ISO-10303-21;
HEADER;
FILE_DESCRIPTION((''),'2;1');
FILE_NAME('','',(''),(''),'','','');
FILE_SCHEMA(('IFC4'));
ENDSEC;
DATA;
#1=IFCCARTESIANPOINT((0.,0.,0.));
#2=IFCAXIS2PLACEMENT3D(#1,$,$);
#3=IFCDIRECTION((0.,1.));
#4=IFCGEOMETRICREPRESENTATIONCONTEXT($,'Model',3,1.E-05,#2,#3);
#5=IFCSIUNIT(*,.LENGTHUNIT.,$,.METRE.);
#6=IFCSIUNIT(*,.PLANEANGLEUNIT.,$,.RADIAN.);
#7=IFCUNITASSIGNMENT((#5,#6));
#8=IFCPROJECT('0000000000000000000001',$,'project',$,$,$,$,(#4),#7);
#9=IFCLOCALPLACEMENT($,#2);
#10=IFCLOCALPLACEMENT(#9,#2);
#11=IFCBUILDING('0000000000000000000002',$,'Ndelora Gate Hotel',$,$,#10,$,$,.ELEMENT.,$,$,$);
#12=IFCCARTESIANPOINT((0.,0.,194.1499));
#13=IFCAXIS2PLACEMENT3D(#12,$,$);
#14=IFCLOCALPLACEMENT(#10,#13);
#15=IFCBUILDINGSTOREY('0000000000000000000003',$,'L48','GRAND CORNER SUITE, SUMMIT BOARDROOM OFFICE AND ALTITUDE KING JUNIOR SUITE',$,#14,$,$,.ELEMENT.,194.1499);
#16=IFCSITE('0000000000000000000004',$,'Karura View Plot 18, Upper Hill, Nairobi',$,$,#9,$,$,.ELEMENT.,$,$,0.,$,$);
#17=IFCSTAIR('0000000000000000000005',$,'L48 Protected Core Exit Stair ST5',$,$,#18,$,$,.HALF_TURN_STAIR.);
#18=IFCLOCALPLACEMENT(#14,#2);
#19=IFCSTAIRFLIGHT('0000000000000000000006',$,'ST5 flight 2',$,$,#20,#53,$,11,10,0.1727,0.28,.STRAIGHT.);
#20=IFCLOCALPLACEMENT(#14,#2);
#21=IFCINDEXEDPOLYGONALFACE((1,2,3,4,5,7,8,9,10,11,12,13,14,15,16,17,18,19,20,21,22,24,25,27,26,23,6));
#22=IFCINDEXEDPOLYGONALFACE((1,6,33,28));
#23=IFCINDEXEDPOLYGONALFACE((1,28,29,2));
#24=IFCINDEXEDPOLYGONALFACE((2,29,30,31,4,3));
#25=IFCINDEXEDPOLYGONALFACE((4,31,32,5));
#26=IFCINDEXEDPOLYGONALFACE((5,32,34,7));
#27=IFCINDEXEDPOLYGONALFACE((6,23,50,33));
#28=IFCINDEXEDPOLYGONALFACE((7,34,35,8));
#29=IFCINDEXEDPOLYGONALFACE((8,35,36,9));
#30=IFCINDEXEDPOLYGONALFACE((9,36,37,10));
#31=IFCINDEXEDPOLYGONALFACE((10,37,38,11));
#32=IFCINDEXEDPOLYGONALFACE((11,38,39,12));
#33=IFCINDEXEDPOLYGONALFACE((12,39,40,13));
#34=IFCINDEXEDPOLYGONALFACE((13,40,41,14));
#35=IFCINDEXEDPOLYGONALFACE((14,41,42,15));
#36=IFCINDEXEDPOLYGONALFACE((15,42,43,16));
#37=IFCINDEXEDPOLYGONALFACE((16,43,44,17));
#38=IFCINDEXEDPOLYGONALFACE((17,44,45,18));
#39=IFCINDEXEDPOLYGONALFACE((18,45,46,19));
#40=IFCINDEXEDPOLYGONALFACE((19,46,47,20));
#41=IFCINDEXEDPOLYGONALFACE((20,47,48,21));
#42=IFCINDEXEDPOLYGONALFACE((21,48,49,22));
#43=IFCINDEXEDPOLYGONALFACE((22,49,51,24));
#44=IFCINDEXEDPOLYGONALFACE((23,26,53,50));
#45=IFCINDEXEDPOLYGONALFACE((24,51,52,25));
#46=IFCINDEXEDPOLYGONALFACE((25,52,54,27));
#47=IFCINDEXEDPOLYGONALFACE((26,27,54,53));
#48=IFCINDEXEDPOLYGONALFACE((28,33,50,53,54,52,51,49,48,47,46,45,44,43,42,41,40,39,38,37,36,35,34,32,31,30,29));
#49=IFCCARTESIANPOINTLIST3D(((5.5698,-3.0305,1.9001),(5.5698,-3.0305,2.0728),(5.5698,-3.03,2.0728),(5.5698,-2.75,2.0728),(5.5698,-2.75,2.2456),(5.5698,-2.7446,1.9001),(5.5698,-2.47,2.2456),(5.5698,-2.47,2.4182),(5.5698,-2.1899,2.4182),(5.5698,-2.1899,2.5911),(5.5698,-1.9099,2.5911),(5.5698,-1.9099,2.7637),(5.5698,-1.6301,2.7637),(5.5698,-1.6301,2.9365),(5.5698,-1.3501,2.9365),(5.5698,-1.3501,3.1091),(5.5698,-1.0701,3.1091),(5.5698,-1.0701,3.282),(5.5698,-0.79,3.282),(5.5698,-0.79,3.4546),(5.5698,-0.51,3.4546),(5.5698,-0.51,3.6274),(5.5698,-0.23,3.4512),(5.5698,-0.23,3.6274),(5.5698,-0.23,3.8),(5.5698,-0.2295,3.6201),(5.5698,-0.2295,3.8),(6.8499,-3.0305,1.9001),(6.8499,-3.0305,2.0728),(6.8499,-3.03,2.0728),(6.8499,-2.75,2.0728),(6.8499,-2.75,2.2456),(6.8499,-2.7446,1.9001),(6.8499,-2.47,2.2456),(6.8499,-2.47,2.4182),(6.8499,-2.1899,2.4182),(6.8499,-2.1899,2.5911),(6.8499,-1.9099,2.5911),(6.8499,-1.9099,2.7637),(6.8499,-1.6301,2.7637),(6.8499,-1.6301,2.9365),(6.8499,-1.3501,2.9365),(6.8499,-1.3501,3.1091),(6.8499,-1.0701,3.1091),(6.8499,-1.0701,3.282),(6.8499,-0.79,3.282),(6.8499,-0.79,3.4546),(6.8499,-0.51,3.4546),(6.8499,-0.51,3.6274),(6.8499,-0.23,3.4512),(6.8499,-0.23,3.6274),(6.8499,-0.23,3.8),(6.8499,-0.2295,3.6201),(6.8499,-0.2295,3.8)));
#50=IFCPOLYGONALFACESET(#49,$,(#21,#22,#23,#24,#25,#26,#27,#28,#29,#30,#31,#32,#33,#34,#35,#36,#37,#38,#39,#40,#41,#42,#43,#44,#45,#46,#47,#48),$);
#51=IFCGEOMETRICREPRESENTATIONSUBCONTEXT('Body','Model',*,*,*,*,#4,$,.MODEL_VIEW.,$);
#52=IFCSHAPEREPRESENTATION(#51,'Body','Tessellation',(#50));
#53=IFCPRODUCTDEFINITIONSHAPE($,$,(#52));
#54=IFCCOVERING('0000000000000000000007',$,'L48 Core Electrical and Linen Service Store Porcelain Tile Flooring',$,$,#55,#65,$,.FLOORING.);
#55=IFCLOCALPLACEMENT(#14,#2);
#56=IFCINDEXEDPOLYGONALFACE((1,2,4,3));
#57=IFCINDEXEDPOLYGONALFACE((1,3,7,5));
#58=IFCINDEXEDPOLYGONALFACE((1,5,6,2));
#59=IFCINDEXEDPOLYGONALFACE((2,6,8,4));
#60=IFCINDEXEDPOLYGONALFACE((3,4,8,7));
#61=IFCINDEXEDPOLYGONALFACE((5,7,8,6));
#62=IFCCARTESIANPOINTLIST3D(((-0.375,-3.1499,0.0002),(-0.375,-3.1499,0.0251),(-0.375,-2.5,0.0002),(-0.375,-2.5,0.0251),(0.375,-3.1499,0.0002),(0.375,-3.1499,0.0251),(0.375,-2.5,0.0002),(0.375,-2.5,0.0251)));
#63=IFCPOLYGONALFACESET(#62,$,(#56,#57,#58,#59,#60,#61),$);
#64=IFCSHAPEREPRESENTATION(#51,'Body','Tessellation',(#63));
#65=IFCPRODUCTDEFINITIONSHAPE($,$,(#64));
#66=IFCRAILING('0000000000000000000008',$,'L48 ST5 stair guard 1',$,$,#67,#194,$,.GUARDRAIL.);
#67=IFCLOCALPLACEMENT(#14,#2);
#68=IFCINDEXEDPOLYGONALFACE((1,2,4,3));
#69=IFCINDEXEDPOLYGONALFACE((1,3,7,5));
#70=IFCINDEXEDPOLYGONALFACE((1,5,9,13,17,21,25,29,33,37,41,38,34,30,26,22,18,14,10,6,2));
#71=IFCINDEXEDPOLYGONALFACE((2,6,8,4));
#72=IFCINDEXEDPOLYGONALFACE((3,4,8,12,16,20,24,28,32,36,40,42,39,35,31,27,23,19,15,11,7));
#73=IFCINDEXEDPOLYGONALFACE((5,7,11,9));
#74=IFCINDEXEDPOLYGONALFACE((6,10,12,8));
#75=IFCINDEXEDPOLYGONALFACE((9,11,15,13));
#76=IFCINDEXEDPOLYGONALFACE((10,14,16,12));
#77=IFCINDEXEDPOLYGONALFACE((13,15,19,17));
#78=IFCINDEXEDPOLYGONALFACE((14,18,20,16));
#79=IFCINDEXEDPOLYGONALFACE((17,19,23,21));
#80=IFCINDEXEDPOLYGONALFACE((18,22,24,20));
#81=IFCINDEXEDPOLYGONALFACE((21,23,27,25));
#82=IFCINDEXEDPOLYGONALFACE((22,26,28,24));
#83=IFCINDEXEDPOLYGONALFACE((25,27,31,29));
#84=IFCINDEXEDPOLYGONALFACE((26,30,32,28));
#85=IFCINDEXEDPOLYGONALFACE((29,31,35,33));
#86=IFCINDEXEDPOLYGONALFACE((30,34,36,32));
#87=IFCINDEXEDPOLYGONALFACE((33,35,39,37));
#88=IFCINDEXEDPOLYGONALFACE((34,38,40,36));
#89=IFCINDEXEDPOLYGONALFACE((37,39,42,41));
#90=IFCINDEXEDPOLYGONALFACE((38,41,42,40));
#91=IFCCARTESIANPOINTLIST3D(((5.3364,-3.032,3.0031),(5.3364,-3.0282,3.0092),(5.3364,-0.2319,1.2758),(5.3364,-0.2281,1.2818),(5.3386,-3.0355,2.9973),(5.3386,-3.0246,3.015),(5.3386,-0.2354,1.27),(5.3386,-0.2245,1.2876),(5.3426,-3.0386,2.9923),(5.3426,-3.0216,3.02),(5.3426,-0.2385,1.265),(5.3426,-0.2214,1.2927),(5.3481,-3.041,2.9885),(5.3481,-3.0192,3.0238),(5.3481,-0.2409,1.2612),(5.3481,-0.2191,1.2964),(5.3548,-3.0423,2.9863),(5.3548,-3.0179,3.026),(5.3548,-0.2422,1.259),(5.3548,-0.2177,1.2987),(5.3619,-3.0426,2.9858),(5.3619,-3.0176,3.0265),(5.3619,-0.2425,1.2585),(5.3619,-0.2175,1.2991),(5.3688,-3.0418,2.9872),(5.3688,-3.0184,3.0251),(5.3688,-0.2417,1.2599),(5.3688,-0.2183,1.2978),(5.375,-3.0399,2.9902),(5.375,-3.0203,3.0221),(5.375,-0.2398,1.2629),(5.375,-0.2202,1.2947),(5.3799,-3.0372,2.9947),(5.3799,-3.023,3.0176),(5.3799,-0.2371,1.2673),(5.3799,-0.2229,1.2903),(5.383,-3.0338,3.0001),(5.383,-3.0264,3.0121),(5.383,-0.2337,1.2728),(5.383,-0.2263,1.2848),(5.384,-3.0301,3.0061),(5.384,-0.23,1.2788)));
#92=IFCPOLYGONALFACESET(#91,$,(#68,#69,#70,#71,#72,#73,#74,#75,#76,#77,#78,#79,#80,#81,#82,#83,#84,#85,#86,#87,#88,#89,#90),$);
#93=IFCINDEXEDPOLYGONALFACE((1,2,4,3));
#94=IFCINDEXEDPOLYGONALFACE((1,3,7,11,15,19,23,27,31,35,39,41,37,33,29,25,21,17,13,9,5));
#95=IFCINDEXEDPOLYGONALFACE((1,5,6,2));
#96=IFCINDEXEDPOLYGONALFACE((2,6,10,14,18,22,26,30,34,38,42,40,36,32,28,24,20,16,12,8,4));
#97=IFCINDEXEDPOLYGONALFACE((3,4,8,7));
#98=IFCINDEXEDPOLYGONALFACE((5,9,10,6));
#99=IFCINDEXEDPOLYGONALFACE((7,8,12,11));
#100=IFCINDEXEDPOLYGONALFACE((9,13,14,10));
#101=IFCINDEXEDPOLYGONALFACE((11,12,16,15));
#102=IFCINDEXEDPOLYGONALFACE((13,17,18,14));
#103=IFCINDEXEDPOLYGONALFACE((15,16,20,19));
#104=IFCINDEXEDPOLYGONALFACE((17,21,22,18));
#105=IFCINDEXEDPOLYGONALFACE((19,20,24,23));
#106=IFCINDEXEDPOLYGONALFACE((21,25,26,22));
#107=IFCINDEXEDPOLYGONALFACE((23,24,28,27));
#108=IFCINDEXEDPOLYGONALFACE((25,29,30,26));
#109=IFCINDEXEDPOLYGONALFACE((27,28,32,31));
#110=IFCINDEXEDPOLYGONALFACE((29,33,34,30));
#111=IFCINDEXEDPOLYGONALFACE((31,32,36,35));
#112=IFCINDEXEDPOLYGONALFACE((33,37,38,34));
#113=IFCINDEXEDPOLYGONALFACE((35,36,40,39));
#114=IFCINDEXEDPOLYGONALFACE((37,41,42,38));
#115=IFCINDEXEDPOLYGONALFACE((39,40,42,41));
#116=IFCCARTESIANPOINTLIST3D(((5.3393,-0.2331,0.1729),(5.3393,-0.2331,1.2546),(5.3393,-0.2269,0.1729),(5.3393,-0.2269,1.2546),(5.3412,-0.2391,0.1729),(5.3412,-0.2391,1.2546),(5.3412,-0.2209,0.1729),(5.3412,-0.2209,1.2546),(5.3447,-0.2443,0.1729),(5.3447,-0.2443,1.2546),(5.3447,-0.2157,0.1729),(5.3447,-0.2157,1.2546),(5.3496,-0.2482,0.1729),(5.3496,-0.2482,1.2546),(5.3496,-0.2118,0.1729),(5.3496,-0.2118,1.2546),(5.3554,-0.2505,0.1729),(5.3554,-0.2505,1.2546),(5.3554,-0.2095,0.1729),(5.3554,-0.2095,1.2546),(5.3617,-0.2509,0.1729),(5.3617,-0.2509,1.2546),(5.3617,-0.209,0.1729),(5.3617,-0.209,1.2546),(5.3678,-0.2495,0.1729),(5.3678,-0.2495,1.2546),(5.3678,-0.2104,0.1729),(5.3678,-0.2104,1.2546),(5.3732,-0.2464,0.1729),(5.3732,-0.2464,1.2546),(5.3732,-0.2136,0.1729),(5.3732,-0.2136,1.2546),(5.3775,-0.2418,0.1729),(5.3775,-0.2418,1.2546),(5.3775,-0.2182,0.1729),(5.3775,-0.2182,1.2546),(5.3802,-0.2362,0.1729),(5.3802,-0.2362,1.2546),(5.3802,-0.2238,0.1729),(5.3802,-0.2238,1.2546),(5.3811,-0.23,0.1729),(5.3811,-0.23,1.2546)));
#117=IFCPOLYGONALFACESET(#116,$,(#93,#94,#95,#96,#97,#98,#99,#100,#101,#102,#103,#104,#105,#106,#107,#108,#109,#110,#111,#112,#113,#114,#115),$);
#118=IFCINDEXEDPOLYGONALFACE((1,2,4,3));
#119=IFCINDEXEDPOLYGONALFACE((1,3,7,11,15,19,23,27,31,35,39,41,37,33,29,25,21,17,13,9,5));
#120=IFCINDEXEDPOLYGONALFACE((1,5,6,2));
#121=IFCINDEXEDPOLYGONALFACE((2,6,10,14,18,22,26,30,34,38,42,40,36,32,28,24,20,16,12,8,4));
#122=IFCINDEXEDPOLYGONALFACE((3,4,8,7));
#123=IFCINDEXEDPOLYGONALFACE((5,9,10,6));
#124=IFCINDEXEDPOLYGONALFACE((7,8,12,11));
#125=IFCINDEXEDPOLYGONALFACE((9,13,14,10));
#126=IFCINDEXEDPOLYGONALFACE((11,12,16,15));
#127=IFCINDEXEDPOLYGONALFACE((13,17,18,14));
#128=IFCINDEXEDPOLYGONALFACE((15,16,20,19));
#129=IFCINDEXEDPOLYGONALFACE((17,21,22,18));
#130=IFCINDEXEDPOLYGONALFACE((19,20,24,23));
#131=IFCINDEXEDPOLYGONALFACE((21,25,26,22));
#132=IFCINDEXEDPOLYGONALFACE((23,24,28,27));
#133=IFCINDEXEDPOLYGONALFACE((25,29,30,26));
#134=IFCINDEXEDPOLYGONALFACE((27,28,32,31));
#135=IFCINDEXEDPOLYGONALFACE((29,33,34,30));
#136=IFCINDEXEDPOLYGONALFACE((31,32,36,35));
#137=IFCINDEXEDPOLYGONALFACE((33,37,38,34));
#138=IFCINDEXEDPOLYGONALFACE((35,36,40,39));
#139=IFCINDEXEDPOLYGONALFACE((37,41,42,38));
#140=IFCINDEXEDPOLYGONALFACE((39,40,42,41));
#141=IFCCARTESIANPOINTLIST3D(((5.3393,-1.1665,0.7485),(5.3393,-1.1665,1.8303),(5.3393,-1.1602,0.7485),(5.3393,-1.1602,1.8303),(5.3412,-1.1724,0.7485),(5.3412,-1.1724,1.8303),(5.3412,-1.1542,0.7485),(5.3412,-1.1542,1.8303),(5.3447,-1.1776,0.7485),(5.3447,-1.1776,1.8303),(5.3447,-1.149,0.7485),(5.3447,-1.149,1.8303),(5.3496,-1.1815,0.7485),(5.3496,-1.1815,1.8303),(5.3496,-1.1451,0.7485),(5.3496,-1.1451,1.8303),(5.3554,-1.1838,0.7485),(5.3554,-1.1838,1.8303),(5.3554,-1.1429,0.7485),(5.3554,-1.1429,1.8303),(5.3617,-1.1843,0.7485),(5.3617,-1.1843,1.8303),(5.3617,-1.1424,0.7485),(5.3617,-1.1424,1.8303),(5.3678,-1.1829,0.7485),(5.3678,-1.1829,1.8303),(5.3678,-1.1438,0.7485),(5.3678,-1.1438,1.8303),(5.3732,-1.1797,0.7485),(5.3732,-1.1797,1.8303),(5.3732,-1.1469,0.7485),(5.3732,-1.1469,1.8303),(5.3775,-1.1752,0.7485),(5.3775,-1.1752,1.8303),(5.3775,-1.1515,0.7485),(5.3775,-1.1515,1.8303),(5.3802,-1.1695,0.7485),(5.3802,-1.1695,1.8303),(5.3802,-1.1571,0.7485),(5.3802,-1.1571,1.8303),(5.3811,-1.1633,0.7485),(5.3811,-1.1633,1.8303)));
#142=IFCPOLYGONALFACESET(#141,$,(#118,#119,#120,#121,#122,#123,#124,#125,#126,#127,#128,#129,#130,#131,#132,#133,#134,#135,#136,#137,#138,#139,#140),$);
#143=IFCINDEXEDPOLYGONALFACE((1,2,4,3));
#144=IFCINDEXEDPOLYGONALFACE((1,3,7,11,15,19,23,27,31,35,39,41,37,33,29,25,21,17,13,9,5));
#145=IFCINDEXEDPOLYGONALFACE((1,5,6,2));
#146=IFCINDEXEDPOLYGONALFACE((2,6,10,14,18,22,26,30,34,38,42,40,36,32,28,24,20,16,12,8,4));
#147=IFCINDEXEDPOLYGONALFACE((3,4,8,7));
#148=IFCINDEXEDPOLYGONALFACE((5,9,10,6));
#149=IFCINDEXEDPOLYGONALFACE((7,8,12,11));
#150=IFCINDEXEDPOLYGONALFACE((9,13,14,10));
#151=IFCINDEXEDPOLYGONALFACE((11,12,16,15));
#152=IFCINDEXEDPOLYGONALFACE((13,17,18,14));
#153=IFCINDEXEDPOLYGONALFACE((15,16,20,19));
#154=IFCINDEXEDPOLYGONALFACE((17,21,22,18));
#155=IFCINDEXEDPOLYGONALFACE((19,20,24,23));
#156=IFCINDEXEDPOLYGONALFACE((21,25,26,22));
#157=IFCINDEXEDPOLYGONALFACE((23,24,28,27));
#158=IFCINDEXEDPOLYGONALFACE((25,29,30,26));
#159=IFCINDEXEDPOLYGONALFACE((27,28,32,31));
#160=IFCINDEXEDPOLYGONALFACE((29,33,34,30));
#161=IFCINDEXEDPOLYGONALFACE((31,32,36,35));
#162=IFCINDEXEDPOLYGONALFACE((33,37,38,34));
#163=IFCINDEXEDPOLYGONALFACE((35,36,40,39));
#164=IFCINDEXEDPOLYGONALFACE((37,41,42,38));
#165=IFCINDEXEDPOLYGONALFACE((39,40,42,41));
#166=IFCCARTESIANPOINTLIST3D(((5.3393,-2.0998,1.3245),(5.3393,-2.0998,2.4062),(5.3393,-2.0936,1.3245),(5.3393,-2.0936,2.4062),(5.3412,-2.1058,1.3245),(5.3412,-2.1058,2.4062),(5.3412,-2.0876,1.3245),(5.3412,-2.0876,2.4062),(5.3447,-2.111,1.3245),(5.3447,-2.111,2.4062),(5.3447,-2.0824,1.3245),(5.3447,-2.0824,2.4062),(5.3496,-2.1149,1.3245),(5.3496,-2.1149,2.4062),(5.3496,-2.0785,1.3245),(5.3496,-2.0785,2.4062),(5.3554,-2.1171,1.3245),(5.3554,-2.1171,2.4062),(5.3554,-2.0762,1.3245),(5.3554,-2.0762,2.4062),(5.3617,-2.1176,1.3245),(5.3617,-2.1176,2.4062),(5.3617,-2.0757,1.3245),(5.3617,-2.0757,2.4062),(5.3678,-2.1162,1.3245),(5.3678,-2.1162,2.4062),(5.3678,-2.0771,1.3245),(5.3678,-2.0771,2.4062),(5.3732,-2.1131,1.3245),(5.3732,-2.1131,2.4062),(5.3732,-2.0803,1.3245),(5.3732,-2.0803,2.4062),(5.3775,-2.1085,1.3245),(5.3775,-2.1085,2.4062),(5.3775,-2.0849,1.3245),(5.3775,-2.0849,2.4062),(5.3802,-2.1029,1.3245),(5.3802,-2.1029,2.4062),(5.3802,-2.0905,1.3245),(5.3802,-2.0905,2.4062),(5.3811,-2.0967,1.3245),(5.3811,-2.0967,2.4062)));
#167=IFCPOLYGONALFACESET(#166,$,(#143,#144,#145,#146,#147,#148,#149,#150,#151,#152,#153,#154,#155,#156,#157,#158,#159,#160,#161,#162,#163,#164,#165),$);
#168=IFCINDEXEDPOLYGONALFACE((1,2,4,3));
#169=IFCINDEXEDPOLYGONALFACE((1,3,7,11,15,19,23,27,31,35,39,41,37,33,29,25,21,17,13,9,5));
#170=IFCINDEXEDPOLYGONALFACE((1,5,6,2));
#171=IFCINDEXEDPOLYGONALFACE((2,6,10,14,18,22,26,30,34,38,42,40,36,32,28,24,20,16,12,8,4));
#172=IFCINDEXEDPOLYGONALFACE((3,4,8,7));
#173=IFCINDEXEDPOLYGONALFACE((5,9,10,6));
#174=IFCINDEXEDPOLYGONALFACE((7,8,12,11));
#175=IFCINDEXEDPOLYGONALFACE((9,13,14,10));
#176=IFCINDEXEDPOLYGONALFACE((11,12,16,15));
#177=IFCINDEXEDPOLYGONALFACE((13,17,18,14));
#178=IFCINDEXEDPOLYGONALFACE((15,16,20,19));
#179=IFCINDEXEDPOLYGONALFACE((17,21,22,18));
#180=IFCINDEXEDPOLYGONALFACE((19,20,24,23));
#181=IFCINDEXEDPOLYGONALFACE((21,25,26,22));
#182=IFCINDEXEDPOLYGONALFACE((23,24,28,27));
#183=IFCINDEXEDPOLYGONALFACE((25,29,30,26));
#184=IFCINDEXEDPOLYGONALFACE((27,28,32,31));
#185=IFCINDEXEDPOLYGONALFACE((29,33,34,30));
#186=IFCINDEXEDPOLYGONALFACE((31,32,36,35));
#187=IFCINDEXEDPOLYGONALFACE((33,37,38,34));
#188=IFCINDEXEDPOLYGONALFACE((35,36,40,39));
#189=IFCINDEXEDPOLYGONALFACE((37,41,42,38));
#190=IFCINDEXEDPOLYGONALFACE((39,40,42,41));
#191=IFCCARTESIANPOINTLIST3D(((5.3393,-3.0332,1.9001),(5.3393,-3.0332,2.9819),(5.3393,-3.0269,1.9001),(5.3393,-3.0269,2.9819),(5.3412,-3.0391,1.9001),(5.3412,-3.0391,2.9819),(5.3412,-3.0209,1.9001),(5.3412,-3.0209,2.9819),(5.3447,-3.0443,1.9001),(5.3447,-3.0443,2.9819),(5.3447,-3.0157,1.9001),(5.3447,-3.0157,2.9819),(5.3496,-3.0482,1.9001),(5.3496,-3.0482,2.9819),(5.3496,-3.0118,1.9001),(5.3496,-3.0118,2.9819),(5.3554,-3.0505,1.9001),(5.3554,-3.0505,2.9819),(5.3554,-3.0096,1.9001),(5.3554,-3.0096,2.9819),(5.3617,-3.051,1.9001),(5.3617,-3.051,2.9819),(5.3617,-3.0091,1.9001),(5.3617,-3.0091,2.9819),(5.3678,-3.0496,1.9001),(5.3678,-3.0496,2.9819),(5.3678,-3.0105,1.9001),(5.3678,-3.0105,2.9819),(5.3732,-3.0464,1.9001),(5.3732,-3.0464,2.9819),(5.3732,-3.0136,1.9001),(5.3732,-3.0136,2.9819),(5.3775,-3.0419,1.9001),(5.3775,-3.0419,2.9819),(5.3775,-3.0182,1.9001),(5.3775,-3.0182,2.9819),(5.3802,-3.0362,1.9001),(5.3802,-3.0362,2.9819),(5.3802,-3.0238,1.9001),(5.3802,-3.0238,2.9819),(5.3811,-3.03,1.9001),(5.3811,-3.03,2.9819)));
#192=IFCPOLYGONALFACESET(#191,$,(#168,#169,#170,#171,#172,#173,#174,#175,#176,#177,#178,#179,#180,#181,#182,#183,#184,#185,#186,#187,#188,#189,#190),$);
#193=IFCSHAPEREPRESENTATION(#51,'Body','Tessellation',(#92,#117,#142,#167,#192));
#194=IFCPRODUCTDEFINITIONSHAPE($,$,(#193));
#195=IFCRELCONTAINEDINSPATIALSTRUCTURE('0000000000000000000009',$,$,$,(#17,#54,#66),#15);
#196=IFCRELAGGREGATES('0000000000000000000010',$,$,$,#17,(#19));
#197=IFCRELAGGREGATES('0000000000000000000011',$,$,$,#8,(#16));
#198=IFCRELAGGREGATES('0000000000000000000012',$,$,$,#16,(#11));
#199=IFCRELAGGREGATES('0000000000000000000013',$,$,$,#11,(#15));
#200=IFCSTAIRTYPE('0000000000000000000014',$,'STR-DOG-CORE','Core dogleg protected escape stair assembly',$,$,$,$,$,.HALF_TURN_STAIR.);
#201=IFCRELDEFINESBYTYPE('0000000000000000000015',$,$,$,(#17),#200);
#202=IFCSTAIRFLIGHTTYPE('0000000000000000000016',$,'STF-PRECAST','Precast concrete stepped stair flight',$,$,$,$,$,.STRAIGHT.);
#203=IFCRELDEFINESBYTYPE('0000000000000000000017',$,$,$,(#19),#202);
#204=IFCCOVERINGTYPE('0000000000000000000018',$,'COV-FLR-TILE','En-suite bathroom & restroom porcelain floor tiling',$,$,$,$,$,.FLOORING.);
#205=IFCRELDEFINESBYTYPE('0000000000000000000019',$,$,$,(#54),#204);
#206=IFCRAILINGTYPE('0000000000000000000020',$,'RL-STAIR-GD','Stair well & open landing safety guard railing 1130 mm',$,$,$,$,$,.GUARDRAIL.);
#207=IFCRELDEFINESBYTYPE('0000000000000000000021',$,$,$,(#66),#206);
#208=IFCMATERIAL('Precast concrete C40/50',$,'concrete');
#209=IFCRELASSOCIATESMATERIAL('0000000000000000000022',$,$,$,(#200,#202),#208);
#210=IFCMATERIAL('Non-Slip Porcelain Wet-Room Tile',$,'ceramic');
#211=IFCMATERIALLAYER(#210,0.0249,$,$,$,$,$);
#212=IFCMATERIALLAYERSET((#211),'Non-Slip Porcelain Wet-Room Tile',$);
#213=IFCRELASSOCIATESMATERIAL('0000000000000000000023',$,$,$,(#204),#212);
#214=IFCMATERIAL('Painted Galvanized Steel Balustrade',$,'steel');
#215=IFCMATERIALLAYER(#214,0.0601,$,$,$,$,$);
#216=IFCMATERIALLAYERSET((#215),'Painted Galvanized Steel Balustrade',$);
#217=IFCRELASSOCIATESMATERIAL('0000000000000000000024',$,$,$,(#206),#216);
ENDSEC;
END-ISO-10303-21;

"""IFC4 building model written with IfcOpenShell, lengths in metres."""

from ifc_helpers import new_model, si_unit, direction, frame, origin, origin_2d, place, context, subcontext, project, spatial, polyline, rectangle, circle, outline, extrude, material, layer, layer_set, type_object, element, aggregate, save


model = new_model("IFC4")

# Units and contexts
model_context = context("Model", 3, precision=1e-05, world=origin(), true_north=direction((0.0, 1.0)))
body_context = subcontext(model_context, "Body", "Model", "MODEL_VIEW")
ifc_project = project(units=[si_unit("LENGTHUNIT", "METRE"), si_unit("PLANEANGLEUNIT", "RADIAN")], contexts=[model_context])

# Site, building, storey
site_placement = place(None, origin())
site = spatial("IfcSite", under=ifc_project, at=site_placement, Name="Karura View Plot 18, Upper Hill, Nairobi", CompositionType="ELEMENT", RefElevation=0.0)
building_placement = place(site_placement, origin())
building = spatial("IfcBuilding", under=site, at=building_placement, Name="Ndelora Gate Hotel", CompositionType="ELEMENT")
storey_placement = place(building_placement, frame((0.0, 0.0, 194.1499)))
storey = spatial("IfcBuildingStorey", under=building, at=storey_placement, Name="L48", Description="GRAND CORNER SUITE, SUMMIT BOARDROOM OFFICE AND ALTITUDE KING JUNIOR SUITE", CompositionType="ELEMENT", Elevation=194.1499)

# Stair, stair flight
ifc_material_1 = material(Name="Precast concrete C40/50", Category="concrete")
stair_type = type_object("IfcStairType", Name="STR-DOG-CORE", Description="Core dogleg protected escape stair assembly", PredefinedType="HALF_TURN_STAIR", material=ifc_material_1)
stair_placement = place(storey_placement, origin())
stair = element("IfcStair", 1, at=stair_placement, inside=storey, type_object=stair_type, Name="L48 Protected Core Exit Stair ST5", PredefinedType="HALF_TURN_STAIR")
stair_flight_type = type_object("IfcStairFlightType", Name="STF-PRECAST", Description="Precast concrete stepped stair flight", PredefinedType="STRAIGHT", material=ifc_material_1)
stair_flight_1_placement = place(storey_placement, frame((6.21, -3.03, 1.9001), z_axis=(0.0, 0.0, 1.0), x_axis=(0.0, 1.0, 0.0)))
stair_flight_1 = element("IfcStairFlight", 2, at=stair_flight_1_placement, type_object=stair_flight_type, Name="ST5 flight 2", NumberOfRisers=11, NumberOfTreads=10, PredefinedType="STRAIGHT", RiserHeight=0.1727, TreadLength=0.28, context=body_context, shape_type="SweptSolid", body=[
    extrude(outline(polyline([(-0.0005, 0.0), (-0.0005, 0.1726), (0.0, 0.1726), (0.28, 0.1726), (0.28, 0.3455), (0.5601, 0.3455), (0.5601, 0.5181), (0.8401, 0.5181), (0.8401, 0.6909), (1.1201, 0.6909), (1.1201, 0.8635), (1.3999, 0.8635), (1.3999, 1.0364), (1.6799, 1.0364), (1.6799, 1.209), (1.96, 1.209), (1.96, 1.3818), (2.24, 1.3818), (2.24, 1.5544), (2.52, 1.5544), (2.52, 1.7273), (2.8, 1.7273), (2.8, 1.8999), (2.8005, 1.8999), (2.8005, 1.72), (2.8, 1.551), (0.2854, 0.0), (-0.0005, 0.0)])), frame((0.0, 0.6401, 0.0), z_axis=(0.0, -1.0, 0.0), x_axis=(1.0, 0.0, 0.0)), (0.0, 0.0, 1.0), 1.28),
])
aggregate(stair, [stair_flight_1])

# Covering
ifc_material_2 = material(Name="Non-Slip Porcelain Wet-Room Tile", Category="ceramic")
ifc_layer_1 = layer(ifc_material_2, 0.0249)
ifc_layer_set_1 = layer_set([ifc_layer_1], Name="Non-Slip Porcelain Wet-Room Tile")
covering_type = type_object("IfcCoveringType", Name="COV-FLR-TILE", Description="En-suite bathroom & restroom porcelain floor tiling", PredefinedType="FLOORING", material=ifc_layer_set_1)
covering_placement = place(storey_placement, frame((0.0, -2.825, 0.0002), z_axis=(0.0, 0.0, 1.0), x_axis=(1.0, 0.0, 0.0)))
element("IfcCovering", 3, at=covering_placement, inside=storey, type_object=covering_type, Name="L48 Core Electrical and Linen Service Store Porcelain Tile Flooring", PredefinedType="FLOORING", context=body_context, shape_type="SweptSolid", body=[
    extrude(rectangle(XDim=0.75, YDim=0.6499, at=origin_2d()), origin(), (0.0, 0.0, 1.0), 0.0249),
])

# Railing
ifc_material_3 = material(Name="Painted Galvanized Steel Balustrade", Category="steel")
ifc_layer_2 = layer(ifc_material_3, 0.0601)
ifc_layer_set_2 = layer_set([ifc_layer_2], Name="Painted Galvanized Steel Balustrade")
railing_type_1 = type_object("IfcRailingType", Name="RL-STAIR-GD", Description="Stair well & open landing safety guard railing 1130 mm", PredefinedType="GUARDRAIL", material=ifc_layer_set_2)
railing_1_placement = place(storey_placement, frame((5.3601, -0.23, 0.1729)))
element("IfcRailing", 4, at=railing_1_placement, inside=storey, type_object=railing_type_1, Name="L48 ST5 stair guard 1", PredefinedType="GUARDRAIL", context=body_context, shape_type="SweptSolid", body=[
    extrude(circle(Radius=0.0239, at=origin_2d()), frame((0.0, 0.0, 1.106), z_axis=(0.0, -0.85109, 0.52502), x_axis=(1.0, 0.0, 0.0)), (0.0, 0.0, 1.0), 3.29),
    extrude(circle(Radius=0.021, at=origin_2d()), origin(), (0.0, 0.0, 1.0), 1.0818),
    extrude(circle(Radius=0.021, at=origin_2d()), frame((0.0, -0.9333, 0.5757)), (0.0, 0.0, 1.0), 1.0818),
    extrude(circle(Radius=0.021, at=origin_2d()), frame((0.0, -1.8667, 1.1516)), (0.0, 0.0, 1.0), 1.0818),
    extrude(circle(Radius=0.021, at=origin_2d()), frame((0.0, -2.8, 1.7273)), (0.0, 0.0, 1.0), 1.0818),
])

save(model, "model.ifc")
